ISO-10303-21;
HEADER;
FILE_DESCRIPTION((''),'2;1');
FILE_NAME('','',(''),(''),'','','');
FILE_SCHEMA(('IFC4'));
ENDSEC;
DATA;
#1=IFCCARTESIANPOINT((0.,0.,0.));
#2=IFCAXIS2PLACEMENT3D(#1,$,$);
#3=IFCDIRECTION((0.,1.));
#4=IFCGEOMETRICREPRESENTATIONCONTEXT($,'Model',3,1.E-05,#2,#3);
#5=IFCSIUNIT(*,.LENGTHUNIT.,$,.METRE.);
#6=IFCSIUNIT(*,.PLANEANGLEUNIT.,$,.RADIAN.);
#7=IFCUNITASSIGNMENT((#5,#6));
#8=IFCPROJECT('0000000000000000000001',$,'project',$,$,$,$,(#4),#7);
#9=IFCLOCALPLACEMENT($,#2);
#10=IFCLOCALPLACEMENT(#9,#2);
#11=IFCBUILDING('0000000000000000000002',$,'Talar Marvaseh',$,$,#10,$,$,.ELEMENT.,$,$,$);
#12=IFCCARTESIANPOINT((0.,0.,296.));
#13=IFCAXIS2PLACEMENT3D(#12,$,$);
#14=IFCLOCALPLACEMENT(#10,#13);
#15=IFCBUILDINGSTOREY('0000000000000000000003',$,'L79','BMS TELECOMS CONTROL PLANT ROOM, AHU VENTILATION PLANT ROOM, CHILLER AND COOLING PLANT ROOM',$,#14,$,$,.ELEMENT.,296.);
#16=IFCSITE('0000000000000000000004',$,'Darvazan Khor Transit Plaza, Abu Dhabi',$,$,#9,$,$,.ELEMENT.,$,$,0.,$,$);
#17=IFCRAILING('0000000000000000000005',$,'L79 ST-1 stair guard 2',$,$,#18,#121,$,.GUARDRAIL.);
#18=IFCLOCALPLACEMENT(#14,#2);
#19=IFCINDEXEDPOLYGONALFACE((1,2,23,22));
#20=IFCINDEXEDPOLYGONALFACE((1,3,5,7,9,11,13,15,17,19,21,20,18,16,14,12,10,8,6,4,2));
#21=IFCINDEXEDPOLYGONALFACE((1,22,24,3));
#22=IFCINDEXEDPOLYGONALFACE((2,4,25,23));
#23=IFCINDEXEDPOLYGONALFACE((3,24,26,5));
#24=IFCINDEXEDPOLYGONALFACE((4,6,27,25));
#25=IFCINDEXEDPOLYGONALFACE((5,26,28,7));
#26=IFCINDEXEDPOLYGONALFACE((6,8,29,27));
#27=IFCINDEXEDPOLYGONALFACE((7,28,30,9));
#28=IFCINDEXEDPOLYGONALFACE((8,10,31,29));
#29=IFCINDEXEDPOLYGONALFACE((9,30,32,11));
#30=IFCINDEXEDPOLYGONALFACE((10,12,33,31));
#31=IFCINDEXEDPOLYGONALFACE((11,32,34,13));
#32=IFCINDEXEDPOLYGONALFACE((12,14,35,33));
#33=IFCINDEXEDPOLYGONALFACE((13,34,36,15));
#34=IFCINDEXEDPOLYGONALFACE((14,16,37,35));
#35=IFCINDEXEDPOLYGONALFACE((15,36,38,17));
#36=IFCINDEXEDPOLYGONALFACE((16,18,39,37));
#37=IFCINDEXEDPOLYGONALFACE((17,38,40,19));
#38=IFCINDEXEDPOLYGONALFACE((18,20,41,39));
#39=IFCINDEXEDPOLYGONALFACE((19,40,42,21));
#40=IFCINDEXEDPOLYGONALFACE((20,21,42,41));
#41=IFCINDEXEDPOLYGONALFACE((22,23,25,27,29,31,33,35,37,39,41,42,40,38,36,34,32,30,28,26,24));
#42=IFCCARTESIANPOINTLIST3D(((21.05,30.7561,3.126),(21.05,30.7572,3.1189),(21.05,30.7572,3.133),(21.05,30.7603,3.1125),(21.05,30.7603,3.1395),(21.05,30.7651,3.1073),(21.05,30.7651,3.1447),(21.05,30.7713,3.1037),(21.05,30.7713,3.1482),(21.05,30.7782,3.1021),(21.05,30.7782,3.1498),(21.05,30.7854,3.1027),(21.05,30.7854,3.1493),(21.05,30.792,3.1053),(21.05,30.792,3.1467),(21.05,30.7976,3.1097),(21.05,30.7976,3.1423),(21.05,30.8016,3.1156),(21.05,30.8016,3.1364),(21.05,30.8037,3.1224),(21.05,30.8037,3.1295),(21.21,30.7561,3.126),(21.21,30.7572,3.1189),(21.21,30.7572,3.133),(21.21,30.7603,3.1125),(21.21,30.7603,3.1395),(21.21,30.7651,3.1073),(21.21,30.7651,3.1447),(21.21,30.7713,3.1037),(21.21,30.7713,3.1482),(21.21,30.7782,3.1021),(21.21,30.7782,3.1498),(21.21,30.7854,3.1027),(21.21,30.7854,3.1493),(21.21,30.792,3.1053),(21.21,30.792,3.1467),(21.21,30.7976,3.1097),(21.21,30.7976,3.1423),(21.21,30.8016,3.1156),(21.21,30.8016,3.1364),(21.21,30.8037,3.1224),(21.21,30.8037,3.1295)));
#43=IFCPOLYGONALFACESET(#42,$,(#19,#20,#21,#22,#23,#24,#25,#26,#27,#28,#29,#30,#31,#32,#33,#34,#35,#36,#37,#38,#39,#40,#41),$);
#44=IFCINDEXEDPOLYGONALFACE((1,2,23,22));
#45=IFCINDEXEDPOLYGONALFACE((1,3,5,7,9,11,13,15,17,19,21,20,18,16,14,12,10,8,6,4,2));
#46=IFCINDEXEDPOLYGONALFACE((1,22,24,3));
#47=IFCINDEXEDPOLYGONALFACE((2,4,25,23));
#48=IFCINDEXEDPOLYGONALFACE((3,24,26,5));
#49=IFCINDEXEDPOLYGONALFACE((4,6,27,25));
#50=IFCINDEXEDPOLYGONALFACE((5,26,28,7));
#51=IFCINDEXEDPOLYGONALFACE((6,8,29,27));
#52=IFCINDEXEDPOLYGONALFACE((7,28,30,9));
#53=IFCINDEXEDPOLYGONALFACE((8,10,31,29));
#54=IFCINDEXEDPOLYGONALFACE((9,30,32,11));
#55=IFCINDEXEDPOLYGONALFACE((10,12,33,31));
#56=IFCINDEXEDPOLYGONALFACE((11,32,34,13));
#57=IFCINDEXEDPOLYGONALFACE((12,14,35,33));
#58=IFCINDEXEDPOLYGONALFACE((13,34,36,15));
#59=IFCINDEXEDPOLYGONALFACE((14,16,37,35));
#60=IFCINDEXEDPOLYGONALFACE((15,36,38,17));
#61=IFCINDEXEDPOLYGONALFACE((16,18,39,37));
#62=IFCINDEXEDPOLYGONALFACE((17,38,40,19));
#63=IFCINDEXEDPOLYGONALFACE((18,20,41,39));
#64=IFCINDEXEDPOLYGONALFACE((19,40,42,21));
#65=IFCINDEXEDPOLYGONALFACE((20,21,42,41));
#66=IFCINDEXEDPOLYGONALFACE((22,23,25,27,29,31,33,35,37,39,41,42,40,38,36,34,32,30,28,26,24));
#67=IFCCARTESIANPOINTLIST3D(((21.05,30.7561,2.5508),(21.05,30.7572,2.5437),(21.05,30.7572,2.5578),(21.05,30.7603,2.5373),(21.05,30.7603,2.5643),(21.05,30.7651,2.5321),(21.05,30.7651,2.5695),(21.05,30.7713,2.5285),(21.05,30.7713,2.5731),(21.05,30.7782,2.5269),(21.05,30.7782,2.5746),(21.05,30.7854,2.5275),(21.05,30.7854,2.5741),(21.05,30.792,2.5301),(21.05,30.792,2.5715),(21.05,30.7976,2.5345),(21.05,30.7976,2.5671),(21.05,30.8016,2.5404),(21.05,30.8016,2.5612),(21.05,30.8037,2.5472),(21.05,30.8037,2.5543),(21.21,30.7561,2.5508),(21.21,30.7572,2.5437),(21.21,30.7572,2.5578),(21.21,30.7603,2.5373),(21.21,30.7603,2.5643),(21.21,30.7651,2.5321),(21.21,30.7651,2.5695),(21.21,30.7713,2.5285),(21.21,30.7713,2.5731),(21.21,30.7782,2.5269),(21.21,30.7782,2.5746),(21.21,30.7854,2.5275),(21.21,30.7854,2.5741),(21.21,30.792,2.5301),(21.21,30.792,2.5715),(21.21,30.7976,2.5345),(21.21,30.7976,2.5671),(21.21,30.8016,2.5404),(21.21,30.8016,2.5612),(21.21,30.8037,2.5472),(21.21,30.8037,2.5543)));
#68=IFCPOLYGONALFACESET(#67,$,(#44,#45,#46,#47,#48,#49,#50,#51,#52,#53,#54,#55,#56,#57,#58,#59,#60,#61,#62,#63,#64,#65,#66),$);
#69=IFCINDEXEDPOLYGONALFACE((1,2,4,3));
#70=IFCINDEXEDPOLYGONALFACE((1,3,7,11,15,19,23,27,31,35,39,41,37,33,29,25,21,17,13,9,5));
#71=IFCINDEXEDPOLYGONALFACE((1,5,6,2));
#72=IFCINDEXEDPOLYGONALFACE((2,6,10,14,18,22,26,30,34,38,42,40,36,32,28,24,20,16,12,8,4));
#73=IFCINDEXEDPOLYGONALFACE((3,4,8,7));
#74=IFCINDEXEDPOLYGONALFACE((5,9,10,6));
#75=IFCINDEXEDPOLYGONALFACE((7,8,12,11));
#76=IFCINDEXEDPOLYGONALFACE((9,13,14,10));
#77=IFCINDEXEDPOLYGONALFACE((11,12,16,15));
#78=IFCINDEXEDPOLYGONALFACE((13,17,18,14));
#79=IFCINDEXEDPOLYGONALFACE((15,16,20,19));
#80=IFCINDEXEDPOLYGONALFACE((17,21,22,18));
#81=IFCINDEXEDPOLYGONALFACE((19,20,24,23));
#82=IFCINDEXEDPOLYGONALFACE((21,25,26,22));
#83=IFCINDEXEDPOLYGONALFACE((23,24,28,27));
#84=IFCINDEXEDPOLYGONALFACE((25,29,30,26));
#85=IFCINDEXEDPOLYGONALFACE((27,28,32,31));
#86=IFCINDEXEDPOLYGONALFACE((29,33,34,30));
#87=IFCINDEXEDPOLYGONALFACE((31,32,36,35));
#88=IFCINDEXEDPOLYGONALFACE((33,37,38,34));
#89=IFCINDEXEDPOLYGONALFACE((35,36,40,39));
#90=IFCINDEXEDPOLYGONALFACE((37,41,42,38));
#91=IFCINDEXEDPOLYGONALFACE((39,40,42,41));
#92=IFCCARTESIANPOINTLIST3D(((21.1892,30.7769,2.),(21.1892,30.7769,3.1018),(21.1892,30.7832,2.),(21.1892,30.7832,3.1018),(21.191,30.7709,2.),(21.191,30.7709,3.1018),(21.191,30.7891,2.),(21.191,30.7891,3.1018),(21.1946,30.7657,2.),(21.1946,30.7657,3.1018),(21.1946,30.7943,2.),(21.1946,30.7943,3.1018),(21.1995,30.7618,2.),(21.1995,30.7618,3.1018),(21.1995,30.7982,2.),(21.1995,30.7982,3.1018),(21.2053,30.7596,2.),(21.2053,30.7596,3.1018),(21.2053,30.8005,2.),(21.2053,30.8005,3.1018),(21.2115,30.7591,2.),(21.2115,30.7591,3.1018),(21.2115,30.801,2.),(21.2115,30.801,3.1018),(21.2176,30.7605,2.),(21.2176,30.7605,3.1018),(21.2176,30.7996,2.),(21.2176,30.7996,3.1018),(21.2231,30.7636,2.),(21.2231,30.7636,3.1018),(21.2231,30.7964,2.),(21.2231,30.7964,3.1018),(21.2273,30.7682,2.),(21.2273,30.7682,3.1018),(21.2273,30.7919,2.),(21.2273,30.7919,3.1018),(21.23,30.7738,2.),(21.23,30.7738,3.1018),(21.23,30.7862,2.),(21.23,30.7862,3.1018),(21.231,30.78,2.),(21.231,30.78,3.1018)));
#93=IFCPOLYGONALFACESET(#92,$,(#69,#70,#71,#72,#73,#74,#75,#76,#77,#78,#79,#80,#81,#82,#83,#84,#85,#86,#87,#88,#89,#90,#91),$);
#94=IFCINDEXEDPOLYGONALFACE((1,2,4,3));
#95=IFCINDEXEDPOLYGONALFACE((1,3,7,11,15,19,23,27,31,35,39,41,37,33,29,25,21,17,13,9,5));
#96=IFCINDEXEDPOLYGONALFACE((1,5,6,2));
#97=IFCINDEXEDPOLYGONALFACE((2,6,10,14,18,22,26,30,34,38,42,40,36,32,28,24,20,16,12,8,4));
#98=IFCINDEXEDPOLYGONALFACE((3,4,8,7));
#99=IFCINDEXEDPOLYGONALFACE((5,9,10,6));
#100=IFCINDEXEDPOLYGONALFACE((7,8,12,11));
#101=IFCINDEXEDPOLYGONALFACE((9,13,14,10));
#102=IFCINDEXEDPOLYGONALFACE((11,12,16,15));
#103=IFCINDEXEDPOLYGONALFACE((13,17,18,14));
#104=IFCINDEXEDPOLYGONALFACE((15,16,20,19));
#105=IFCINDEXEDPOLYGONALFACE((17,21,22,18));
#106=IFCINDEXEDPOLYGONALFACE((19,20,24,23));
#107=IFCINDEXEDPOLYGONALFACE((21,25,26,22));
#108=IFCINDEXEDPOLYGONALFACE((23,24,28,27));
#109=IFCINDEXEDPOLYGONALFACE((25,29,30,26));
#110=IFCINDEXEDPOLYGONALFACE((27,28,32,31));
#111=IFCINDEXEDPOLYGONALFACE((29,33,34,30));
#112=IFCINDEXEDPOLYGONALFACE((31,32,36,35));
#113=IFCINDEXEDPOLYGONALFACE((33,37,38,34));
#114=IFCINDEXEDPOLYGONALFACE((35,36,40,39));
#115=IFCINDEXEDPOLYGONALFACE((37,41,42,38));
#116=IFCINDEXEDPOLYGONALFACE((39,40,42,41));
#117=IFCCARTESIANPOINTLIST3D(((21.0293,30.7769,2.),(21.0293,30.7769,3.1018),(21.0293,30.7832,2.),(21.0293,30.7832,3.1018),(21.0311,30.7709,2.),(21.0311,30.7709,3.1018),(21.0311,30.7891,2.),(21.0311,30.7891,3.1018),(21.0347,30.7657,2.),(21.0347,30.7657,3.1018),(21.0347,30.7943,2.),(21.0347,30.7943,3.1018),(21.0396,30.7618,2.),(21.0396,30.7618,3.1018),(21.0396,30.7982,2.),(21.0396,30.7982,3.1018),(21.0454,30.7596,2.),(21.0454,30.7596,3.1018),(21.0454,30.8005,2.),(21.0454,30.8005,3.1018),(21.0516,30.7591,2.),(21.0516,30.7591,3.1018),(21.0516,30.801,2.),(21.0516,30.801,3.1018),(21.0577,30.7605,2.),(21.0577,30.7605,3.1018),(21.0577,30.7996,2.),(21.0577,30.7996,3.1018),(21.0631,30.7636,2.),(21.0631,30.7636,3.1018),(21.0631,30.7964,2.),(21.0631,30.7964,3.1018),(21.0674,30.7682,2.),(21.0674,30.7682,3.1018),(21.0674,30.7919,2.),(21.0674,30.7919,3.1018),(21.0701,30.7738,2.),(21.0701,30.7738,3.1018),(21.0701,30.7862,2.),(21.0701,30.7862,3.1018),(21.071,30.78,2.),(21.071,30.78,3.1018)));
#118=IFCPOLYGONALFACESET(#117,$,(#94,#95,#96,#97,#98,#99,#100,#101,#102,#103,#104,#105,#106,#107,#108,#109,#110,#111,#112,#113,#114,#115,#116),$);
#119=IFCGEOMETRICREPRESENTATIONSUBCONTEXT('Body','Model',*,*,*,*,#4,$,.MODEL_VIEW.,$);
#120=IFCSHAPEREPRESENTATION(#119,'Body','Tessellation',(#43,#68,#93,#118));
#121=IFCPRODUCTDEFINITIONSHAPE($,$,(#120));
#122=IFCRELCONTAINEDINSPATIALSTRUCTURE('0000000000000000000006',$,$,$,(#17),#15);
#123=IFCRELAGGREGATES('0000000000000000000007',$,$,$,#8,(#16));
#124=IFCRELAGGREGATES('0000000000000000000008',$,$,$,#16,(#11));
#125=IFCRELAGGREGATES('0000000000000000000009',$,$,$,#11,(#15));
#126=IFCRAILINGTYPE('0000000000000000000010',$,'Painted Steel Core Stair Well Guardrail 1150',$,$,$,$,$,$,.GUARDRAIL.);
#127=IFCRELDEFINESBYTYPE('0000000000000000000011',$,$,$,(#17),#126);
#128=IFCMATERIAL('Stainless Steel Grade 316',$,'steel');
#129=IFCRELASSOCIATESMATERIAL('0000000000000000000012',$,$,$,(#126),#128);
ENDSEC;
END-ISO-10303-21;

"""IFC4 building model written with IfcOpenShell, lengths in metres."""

from ifc_helpers import new_model, si_unit, direction, frame, origin, origin_2d, place, context, subcontext, project, spatial, circle, extrude, material, type_object, element, save


model = new_model("IFC4")

# Units and contexts
model_context = context("Model", 3, precision=1e-05, world=origin(), true_north=direction((0.0, 1.0)))
body_context = subcontext(model_context, "Body", "Model", "MODEL_VIEW")
ifc_project = project(units=[si_unit("LENGTHUNIT", "METRE"), si_unit("PLANEANGLEUNIT", "RADIAN")], contexts=[model_context])

# Site, building, storey
site_placement = place(None, origin())
site = spatial("IfcSite", under=ifc_project, at=site_placement, Name="Darvazan Khor Transit Plaza, Abu Dhabi", CompositionType="ELEMENT", RefElevation=0.0)
building_placement = place(site_placement, origin())
building = spatial("IfcBuilding", under=site, at=building_placement, Name="Talar Marvaseh", CompositionType="ELEMENT")
storey_placement = place(building_placement, frame((0.0, 0.0, 296.0)))
storey = spatial("IfcBuildingStorey", under=building, at=storey_placement, Name="L79", Description="BMS TELECOMS CONTROL PLANT ROOM, AHU VENTILATION PLANT ROOM, CHILLER AND COOLING PLANT ROOM", CompositionType="ELEMENT", Elevation=296.0)

# Shared definitions
ifc_material_1 = material(Name="Stainless Steel Grade 316", Category="steel")

# Railing
railing_type_1 = type_object("IfcRailingType", Name="Painted Steel Core Stair Well Guardrail 1150", PredefinedType="GUARDRAIL", material=ifc_material_1)
railing_1_placement = place(storey_placement, frame((21.21, 30.78, 2.0)))
element("IfcRailing", 1, at=railing_1_placement, inside=storey, type_object=railing_type_1, Name="L79 ST-1 stair guard 2", PredefinedType="GUARDRAIL", context=body_context, shape_type="SweptSolid", body=[
    extrude(circle(Radius=0.0239, at=origin_2d()), frame((0.0, 0.0, 1.126), z_axis=(-1.0, 0.0, 0.0), x_axis=(0.0, -1.0, 0.0)), (0.0, 0.0, 1.0), 0.1599),
    extrude(circle(Radius=0.0239, at=origin_2d()), frame((0.0, 0.0, 0.5508), z_axis=(-1.0, 0.0, 0.0), x_axis=(0.0, -1.0, 0.0)), (0.0, 0.0, 1.0), 0.1599),
    extrude(circle(Radius=0.021, at=origin_2d()), origin(), (0.0, 0.0, 1.0), 1.1018),
    extrude(circle(Radius=0.021, at=origin_2d()), frame((-0.1599, 0.0, 0.0)), (0.0, 0.0, 1.0), 1.1018),
])

save(model, "model.ifc")
